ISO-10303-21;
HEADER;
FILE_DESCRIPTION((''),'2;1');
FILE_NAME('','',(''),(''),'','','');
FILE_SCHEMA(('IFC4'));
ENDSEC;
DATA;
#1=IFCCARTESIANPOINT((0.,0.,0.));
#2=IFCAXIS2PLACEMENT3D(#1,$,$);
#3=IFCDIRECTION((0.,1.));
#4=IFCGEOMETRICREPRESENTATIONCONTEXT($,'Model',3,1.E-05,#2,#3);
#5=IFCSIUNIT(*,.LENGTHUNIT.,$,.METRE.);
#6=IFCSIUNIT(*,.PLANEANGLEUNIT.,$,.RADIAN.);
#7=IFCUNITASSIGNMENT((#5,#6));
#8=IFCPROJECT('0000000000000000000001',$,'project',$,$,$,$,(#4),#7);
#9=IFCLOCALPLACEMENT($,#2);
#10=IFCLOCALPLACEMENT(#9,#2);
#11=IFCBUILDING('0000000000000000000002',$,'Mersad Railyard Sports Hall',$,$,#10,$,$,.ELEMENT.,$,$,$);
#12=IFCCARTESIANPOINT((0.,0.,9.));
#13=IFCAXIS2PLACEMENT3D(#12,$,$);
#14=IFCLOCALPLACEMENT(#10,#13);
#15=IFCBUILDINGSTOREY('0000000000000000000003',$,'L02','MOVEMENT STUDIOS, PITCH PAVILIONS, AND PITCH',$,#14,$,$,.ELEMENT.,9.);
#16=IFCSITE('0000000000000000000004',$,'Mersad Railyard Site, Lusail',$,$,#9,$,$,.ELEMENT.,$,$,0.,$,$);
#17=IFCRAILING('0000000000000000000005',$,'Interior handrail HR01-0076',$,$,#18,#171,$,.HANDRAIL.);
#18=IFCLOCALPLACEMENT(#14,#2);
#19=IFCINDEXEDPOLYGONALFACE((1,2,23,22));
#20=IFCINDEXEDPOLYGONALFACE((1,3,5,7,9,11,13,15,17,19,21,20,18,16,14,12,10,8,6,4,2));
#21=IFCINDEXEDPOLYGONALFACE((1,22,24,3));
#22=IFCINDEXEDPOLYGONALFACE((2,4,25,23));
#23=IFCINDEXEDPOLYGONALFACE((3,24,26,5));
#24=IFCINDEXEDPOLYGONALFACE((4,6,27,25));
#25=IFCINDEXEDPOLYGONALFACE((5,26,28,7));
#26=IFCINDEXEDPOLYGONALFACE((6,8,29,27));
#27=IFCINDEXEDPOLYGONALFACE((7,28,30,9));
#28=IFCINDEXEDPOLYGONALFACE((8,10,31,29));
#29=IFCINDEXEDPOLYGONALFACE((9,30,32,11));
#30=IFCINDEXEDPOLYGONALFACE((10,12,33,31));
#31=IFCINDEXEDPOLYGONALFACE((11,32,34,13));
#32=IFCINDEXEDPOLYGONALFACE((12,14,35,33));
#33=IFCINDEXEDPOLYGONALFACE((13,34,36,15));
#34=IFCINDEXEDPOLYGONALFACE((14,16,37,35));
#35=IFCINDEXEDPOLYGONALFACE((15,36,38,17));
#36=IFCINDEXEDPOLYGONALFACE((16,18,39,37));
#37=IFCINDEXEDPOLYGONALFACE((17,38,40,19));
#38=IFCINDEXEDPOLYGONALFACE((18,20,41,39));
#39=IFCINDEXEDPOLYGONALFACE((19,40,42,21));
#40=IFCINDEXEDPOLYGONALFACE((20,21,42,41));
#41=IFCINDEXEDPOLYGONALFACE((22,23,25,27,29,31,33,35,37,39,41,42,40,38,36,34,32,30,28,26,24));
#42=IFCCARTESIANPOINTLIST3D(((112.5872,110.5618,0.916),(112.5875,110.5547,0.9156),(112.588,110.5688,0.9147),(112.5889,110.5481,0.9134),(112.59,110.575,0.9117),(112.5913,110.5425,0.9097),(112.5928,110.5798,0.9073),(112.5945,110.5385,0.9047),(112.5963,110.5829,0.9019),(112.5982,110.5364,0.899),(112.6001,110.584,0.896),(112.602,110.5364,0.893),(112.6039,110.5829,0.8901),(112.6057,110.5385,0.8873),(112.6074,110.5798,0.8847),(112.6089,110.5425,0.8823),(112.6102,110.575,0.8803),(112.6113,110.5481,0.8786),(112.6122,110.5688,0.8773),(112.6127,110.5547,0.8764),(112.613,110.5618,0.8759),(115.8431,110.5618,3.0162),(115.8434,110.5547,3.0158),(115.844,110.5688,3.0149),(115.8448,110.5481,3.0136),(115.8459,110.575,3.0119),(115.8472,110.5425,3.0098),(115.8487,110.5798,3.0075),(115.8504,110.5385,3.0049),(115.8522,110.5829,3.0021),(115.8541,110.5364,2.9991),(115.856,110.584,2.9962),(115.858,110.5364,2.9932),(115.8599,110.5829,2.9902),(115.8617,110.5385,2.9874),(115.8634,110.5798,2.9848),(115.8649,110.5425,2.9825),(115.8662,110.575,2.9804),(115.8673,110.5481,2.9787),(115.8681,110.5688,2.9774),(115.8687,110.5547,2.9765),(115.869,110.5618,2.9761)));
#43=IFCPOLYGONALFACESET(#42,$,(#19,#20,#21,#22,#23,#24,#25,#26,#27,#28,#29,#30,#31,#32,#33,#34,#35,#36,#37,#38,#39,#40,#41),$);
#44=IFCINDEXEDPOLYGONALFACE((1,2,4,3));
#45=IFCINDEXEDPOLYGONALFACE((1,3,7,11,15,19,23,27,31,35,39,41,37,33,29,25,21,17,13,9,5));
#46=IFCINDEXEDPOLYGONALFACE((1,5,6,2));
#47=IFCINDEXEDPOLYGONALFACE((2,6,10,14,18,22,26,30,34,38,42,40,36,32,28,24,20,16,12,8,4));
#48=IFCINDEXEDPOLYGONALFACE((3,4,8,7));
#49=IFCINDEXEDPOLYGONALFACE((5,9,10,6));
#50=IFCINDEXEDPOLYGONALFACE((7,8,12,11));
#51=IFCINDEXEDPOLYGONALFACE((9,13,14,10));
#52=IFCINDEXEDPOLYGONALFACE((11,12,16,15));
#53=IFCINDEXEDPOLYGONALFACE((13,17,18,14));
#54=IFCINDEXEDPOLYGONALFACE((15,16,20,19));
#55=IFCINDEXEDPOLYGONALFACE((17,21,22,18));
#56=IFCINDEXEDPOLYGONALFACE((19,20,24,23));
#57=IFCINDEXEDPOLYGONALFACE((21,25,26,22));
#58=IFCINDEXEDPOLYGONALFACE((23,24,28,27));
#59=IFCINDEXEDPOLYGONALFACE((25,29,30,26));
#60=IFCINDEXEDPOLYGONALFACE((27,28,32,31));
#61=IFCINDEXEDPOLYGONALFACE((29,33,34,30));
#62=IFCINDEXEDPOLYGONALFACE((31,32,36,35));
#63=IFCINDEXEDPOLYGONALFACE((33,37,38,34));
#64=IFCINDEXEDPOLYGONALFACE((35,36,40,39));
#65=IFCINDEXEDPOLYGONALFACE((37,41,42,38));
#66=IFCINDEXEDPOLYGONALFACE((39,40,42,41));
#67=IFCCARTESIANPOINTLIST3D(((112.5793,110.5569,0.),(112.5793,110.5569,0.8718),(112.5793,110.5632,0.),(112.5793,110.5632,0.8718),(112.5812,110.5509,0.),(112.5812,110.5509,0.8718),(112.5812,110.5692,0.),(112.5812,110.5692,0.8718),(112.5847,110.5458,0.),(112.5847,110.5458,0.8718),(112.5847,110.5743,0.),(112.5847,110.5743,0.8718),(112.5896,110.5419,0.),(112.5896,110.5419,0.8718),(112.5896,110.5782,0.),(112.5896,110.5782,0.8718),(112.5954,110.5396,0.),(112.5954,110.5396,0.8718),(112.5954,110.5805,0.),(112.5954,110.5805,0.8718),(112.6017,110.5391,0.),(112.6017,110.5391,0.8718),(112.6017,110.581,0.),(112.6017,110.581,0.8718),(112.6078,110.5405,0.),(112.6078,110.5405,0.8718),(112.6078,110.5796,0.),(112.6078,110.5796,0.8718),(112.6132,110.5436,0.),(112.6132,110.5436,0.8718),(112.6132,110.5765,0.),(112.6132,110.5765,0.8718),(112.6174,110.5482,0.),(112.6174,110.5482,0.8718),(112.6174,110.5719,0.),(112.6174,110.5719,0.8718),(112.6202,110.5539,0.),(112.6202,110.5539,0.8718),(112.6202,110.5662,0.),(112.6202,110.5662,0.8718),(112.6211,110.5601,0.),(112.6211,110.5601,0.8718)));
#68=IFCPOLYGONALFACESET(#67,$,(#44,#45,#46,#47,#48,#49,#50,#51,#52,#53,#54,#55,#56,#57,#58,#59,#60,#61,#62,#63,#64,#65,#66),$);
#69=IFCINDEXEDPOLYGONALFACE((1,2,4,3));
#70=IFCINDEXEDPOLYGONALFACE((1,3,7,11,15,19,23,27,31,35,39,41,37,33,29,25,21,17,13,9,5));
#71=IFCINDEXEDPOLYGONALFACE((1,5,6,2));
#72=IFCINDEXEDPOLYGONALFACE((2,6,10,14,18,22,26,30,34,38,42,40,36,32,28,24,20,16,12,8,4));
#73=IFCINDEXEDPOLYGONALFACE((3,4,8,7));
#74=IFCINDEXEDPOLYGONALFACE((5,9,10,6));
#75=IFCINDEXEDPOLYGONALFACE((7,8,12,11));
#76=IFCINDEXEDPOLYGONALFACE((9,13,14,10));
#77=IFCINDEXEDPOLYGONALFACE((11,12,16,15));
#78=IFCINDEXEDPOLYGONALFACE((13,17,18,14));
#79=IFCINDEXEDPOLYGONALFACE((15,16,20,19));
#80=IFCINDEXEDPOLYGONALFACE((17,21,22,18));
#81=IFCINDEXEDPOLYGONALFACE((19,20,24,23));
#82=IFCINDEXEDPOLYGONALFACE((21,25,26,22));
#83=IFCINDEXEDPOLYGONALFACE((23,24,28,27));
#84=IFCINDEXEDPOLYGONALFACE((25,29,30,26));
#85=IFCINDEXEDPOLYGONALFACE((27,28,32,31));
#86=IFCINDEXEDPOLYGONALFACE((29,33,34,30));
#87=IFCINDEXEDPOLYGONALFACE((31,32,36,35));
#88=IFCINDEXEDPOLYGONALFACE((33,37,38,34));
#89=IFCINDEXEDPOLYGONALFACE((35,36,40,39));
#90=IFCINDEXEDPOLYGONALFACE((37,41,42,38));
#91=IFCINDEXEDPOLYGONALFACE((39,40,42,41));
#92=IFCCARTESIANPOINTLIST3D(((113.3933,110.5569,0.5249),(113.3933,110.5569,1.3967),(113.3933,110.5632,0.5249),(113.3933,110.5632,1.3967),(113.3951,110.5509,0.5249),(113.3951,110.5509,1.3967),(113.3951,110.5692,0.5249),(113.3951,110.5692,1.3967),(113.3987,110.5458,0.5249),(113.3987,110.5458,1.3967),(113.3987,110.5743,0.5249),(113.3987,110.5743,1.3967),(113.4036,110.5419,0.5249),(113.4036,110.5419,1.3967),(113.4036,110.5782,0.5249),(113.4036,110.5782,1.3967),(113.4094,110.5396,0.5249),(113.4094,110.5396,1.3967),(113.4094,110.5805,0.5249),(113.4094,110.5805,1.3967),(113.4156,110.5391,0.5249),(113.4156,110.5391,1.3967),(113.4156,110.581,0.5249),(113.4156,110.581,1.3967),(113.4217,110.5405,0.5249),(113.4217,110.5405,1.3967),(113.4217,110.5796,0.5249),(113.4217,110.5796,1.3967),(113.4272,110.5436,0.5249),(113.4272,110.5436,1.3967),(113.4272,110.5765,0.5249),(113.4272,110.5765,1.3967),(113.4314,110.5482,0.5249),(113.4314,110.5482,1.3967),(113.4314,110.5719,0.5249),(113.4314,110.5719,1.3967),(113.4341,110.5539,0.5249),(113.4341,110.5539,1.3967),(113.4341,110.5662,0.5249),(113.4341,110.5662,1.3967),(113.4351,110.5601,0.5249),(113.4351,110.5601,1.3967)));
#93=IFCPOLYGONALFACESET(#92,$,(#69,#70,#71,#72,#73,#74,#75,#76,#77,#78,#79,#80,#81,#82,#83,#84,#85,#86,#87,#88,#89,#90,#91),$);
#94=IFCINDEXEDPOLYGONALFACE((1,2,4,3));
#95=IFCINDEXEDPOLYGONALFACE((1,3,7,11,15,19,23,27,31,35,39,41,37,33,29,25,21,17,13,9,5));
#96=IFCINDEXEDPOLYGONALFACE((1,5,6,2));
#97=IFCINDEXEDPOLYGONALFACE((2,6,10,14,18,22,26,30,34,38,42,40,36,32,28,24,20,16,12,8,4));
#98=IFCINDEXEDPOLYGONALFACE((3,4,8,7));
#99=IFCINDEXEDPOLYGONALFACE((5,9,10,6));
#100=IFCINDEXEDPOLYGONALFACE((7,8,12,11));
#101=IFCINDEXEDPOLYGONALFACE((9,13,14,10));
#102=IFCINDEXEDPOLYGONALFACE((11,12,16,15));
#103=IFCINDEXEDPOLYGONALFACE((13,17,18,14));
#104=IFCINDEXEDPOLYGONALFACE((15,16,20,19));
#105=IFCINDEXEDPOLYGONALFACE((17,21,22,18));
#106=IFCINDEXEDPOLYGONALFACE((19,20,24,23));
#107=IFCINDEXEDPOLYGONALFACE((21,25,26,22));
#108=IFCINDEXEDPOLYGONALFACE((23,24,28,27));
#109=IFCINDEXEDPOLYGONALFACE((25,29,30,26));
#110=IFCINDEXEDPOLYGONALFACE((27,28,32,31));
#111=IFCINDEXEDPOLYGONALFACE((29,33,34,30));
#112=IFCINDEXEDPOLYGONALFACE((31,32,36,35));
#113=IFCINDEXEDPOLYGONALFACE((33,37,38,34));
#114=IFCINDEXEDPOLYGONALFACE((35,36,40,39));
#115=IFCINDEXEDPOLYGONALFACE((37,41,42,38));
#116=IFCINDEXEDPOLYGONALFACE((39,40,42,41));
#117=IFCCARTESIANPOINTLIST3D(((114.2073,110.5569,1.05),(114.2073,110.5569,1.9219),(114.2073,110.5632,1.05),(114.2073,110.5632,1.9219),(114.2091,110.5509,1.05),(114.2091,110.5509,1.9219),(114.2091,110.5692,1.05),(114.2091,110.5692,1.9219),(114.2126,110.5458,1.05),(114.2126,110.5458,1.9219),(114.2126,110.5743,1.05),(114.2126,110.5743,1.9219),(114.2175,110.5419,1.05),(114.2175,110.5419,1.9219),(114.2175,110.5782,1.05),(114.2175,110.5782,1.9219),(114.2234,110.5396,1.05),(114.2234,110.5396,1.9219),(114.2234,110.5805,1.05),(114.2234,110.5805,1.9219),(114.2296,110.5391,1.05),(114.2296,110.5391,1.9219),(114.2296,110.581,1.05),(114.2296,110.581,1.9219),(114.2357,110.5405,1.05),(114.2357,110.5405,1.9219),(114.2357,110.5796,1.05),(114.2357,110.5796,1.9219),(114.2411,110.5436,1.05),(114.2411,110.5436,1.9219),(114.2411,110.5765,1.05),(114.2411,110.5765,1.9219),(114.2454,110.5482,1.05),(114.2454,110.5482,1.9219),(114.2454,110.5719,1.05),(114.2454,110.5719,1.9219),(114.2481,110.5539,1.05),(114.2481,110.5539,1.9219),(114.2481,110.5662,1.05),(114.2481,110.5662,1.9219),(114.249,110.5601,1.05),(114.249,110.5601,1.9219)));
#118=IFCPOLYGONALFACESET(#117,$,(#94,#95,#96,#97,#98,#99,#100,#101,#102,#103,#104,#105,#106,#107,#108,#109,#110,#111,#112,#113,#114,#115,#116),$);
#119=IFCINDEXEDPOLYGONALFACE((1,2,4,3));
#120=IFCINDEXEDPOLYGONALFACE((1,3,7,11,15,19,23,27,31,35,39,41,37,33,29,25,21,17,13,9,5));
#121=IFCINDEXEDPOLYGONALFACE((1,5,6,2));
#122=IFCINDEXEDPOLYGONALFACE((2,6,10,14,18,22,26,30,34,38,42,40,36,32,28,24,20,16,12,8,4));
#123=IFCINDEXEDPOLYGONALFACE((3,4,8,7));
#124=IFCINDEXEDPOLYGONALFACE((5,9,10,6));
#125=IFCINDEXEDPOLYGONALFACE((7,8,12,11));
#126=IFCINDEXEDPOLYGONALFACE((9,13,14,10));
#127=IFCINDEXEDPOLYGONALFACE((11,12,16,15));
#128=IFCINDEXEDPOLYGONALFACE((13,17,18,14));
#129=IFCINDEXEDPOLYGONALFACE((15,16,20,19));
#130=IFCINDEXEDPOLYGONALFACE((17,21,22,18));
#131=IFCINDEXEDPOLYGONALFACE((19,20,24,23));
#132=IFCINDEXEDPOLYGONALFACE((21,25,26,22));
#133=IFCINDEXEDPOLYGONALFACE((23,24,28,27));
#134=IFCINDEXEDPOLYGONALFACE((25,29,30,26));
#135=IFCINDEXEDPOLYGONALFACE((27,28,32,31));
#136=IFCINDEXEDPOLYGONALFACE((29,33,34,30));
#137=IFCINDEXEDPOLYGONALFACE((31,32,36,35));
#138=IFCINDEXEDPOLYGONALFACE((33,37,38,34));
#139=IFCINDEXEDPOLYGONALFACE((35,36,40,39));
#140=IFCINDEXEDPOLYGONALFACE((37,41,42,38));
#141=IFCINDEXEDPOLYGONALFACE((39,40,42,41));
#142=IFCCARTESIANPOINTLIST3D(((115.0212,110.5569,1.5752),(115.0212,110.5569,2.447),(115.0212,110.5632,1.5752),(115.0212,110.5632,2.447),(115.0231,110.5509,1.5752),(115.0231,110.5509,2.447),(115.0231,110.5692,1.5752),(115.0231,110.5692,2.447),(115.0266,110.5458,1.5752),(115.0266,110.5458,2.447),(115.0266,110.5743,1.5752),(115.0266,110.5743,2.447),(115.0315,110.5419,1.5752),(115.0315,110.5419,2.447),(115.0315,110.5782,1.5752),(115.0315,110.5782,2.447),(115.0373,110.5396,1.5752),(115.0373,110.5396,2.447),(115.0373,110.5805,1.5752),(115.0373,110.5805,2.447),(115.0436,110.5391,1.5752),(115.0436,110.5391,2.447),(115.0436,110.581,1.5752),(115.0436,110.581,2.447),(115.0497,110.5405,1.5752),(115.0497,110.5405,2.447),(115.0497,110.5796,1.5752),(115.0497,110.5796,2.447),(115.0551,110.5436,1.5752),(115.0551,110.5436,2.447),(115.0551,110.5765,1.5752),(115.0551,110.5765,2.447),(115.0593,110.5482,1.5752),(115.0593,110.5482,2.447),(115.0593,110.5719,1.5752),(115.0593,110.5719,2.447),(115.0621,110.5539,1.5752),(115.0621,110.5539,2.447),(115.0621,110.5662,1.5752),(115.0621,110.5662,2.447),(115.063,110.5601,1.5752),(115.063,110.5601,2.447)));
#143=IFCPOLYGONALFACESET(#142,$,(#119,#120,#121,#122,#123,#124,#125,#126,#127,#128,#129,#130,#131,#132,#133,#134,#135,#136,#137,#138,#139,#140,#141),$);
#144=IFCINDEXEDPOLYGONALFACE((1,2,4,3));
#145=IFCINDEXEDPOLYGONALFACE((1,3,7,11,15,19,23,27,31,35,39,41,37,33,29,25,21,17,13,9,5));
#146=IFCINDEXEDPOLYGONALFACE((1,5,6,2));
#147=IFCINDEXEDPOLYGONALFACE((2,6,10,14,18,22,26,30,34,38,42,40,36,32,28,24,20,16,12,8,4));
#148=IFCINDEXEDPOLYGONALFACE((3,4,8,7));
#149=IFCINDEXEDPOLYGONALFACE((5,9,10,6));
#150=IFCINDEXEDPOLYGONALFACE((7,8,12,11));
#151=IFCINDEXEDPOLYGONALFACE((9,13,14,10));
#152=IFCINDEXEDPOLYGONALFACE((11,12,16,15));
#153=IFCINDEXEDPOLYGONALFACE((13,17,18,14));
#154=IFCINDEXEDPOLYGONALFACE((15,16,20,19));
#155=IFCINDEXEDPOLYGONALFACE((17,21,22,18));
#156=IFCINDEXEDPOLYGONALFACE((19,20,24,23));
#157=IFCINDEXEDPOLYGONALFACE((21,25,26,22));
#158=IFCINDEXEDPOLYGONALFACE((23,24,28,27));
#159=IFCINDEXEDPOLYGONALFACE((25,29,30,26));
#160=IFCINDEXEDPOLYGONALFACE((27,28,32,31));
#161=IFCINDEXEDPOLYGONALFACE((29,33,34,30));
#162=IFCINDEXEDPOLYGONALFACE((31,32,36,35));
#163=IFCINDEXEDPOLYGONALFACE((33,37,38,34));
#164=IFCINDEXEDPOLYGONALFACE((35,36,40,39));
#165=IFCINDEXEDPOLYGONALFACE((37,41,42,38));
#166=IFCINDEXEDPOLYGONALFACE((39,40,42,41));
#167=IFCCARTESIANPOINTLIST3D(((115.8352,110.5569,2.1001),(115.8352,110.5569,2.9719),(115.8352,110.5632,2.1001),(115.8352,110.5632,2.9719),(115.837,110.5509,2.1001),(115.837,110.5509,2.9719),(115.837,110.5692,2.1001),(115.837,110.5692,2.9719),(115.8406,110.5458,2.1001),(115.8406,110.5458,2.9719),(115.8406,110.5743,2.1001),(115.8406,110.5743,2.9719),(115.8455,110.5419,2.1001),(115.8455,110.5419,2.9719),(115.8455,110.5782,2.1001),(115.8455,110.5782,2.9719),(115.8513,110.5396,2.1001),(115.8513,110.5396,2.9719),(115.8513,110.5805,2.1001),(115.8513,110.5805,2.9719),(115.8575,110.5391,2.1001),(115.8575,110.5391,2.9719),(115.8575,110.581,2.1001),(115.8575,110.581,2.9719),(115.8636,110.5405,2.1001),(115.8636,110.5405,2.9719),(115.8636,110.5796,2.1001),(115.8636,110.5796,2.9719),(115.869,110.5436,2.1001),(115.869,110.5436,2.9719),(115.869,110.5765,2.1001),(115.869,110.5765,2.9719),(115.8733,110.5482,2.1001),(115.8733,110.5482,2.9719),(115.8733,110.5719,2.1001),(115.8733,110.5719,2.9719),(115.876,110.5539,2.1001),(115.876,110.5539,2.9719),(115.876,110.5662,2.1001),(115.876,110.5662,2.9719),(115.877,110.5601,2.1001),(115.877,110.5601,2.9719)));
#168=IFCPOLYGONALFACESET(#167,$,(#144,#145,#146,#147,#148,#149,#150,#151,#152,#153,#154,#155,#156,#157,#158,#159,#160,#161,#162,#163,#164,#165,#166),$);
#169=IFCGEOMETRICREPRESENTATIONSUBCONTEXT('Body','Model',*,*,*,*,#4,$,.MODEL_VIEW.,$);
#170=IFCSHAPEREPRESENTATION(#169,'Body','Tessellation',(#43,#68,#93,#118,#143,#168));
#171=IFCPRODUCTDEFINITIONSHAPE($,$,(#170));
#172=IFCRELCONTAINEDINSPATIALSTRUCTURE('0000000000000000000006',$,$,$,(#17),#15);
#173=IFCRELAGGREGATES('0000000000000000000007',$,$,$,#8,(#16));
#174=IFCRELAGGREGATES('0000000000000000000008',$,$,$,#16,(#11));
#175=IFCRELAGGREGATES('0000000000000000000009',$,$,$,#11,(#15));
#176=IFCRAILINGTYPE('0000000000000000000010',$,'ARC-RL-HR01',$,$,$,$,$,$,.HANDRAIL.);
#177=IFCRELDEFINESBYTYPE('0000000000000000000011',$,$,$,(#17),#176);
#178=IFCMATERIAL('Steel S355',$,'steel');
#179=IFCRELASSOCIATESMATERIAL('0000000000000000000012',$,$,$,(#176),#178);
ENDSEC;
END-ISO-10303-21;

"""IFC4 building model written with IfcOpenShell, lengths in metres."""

from ifc_helpers import new_model, si_unit, direction, frame, origin, origin_2d, place, context, subcontext, project, spatial, circle, extrude, material, type_object, element, save


model = new_model("IFC4")

# Units and contexts
model_context = context("Model", 3, precision=1e-05, world=origin(), true_north=direction((0.0, 1.0)))
body_context = subcontext(model_context, "Body", "Model", "MODEL_VIEW")
ifc_project = project(units=[si_unit("LENGTHUNIT", "METRE"), si_unit("PLANEANGLEUNIT", "RADIAN")], contexts=[model_context])

# Site, building, storey
site_placement = place(None, origin())
site = spatial("IfcSite", under=ifc_project, at=site_placement, Name="Mersad Railyard Site, Lusail", CompositionType="ELEMENT", RefElevation=0.0)
building_placement = place(site_placement, origin())
building = spatial("IfcBuilding", under=site, at=building_placement, Name="Mersad Railyard Sports Hall", CompositionType="ELEMENT")
storey_placement = place(building_placement, frame((0.0, 0.0, 9.0)))
storey = spatial("IfcBuildingStorey", under=building, at=storey_placement, Name="L02", Description="MOVEMENT STUDIOS, PITCH PAVILIONS, AND PITCH", CompositionType="ELEMENT", Elevation=9.0)

# Shared definitions
ifc_material_1 = material(Name="Steel S355", Category="steel")

# Railing
railing_type_1 = type_object("IfcRailingType", Name="ARC-RL-HR01", PredefinedType="HANDRAIL", material=ifc_material_1)
railing_1_placement = place(storey_placement, frame((112.6001, 110.5601, 0.0)))
element("IfcRailing", 1, at=railing_1_placement, inside=storey, type_object=railing_type_1, Name="Interior handrail HR01-0076", PredefinedType="HANDRAIL", context=body_context, shape_type="SweptSolid", body=[
    extrude(circle(Radius=0.0239, at=origin_2d()), frame((0.0, 0.0, 0.896), z_axis=(0.84035, 0.0, 0.542044), x_axis=(0.0, 1.0, 0.0)), (0.0, 0.0, 1.0), 3.8745),
    extrude(circle(Radius=0.021, at=origin_2d()), origin(), (0.0, 0.0, 1.0), 0.8718),
    extrude(circle(Radius=0.021, at=origin_2d()), frame((0.814, 0.0, 0.5249)), (0.0, 0.0, 1.0), 0.8718),
    extrude(circle(Radius=0.021, at=origin_2d()), frame((1.6279, 0.0, 1.05)), (0.0, 0.0, 1.0), 0.8718),
    extrude(circle(Radius=0.021, at=origin_2d()), frame((2.4419, 0.0, 1.5752)), (0.0, 0.0, 1.0), 0.8718),
    extrude(circle(Radius=0.021, at=origin_2d()), frame((3.2559, 0.0, 2.1001)), (0.0, 0.0, 1.0), 0.8718),
])

save(model, "model.ifc")
